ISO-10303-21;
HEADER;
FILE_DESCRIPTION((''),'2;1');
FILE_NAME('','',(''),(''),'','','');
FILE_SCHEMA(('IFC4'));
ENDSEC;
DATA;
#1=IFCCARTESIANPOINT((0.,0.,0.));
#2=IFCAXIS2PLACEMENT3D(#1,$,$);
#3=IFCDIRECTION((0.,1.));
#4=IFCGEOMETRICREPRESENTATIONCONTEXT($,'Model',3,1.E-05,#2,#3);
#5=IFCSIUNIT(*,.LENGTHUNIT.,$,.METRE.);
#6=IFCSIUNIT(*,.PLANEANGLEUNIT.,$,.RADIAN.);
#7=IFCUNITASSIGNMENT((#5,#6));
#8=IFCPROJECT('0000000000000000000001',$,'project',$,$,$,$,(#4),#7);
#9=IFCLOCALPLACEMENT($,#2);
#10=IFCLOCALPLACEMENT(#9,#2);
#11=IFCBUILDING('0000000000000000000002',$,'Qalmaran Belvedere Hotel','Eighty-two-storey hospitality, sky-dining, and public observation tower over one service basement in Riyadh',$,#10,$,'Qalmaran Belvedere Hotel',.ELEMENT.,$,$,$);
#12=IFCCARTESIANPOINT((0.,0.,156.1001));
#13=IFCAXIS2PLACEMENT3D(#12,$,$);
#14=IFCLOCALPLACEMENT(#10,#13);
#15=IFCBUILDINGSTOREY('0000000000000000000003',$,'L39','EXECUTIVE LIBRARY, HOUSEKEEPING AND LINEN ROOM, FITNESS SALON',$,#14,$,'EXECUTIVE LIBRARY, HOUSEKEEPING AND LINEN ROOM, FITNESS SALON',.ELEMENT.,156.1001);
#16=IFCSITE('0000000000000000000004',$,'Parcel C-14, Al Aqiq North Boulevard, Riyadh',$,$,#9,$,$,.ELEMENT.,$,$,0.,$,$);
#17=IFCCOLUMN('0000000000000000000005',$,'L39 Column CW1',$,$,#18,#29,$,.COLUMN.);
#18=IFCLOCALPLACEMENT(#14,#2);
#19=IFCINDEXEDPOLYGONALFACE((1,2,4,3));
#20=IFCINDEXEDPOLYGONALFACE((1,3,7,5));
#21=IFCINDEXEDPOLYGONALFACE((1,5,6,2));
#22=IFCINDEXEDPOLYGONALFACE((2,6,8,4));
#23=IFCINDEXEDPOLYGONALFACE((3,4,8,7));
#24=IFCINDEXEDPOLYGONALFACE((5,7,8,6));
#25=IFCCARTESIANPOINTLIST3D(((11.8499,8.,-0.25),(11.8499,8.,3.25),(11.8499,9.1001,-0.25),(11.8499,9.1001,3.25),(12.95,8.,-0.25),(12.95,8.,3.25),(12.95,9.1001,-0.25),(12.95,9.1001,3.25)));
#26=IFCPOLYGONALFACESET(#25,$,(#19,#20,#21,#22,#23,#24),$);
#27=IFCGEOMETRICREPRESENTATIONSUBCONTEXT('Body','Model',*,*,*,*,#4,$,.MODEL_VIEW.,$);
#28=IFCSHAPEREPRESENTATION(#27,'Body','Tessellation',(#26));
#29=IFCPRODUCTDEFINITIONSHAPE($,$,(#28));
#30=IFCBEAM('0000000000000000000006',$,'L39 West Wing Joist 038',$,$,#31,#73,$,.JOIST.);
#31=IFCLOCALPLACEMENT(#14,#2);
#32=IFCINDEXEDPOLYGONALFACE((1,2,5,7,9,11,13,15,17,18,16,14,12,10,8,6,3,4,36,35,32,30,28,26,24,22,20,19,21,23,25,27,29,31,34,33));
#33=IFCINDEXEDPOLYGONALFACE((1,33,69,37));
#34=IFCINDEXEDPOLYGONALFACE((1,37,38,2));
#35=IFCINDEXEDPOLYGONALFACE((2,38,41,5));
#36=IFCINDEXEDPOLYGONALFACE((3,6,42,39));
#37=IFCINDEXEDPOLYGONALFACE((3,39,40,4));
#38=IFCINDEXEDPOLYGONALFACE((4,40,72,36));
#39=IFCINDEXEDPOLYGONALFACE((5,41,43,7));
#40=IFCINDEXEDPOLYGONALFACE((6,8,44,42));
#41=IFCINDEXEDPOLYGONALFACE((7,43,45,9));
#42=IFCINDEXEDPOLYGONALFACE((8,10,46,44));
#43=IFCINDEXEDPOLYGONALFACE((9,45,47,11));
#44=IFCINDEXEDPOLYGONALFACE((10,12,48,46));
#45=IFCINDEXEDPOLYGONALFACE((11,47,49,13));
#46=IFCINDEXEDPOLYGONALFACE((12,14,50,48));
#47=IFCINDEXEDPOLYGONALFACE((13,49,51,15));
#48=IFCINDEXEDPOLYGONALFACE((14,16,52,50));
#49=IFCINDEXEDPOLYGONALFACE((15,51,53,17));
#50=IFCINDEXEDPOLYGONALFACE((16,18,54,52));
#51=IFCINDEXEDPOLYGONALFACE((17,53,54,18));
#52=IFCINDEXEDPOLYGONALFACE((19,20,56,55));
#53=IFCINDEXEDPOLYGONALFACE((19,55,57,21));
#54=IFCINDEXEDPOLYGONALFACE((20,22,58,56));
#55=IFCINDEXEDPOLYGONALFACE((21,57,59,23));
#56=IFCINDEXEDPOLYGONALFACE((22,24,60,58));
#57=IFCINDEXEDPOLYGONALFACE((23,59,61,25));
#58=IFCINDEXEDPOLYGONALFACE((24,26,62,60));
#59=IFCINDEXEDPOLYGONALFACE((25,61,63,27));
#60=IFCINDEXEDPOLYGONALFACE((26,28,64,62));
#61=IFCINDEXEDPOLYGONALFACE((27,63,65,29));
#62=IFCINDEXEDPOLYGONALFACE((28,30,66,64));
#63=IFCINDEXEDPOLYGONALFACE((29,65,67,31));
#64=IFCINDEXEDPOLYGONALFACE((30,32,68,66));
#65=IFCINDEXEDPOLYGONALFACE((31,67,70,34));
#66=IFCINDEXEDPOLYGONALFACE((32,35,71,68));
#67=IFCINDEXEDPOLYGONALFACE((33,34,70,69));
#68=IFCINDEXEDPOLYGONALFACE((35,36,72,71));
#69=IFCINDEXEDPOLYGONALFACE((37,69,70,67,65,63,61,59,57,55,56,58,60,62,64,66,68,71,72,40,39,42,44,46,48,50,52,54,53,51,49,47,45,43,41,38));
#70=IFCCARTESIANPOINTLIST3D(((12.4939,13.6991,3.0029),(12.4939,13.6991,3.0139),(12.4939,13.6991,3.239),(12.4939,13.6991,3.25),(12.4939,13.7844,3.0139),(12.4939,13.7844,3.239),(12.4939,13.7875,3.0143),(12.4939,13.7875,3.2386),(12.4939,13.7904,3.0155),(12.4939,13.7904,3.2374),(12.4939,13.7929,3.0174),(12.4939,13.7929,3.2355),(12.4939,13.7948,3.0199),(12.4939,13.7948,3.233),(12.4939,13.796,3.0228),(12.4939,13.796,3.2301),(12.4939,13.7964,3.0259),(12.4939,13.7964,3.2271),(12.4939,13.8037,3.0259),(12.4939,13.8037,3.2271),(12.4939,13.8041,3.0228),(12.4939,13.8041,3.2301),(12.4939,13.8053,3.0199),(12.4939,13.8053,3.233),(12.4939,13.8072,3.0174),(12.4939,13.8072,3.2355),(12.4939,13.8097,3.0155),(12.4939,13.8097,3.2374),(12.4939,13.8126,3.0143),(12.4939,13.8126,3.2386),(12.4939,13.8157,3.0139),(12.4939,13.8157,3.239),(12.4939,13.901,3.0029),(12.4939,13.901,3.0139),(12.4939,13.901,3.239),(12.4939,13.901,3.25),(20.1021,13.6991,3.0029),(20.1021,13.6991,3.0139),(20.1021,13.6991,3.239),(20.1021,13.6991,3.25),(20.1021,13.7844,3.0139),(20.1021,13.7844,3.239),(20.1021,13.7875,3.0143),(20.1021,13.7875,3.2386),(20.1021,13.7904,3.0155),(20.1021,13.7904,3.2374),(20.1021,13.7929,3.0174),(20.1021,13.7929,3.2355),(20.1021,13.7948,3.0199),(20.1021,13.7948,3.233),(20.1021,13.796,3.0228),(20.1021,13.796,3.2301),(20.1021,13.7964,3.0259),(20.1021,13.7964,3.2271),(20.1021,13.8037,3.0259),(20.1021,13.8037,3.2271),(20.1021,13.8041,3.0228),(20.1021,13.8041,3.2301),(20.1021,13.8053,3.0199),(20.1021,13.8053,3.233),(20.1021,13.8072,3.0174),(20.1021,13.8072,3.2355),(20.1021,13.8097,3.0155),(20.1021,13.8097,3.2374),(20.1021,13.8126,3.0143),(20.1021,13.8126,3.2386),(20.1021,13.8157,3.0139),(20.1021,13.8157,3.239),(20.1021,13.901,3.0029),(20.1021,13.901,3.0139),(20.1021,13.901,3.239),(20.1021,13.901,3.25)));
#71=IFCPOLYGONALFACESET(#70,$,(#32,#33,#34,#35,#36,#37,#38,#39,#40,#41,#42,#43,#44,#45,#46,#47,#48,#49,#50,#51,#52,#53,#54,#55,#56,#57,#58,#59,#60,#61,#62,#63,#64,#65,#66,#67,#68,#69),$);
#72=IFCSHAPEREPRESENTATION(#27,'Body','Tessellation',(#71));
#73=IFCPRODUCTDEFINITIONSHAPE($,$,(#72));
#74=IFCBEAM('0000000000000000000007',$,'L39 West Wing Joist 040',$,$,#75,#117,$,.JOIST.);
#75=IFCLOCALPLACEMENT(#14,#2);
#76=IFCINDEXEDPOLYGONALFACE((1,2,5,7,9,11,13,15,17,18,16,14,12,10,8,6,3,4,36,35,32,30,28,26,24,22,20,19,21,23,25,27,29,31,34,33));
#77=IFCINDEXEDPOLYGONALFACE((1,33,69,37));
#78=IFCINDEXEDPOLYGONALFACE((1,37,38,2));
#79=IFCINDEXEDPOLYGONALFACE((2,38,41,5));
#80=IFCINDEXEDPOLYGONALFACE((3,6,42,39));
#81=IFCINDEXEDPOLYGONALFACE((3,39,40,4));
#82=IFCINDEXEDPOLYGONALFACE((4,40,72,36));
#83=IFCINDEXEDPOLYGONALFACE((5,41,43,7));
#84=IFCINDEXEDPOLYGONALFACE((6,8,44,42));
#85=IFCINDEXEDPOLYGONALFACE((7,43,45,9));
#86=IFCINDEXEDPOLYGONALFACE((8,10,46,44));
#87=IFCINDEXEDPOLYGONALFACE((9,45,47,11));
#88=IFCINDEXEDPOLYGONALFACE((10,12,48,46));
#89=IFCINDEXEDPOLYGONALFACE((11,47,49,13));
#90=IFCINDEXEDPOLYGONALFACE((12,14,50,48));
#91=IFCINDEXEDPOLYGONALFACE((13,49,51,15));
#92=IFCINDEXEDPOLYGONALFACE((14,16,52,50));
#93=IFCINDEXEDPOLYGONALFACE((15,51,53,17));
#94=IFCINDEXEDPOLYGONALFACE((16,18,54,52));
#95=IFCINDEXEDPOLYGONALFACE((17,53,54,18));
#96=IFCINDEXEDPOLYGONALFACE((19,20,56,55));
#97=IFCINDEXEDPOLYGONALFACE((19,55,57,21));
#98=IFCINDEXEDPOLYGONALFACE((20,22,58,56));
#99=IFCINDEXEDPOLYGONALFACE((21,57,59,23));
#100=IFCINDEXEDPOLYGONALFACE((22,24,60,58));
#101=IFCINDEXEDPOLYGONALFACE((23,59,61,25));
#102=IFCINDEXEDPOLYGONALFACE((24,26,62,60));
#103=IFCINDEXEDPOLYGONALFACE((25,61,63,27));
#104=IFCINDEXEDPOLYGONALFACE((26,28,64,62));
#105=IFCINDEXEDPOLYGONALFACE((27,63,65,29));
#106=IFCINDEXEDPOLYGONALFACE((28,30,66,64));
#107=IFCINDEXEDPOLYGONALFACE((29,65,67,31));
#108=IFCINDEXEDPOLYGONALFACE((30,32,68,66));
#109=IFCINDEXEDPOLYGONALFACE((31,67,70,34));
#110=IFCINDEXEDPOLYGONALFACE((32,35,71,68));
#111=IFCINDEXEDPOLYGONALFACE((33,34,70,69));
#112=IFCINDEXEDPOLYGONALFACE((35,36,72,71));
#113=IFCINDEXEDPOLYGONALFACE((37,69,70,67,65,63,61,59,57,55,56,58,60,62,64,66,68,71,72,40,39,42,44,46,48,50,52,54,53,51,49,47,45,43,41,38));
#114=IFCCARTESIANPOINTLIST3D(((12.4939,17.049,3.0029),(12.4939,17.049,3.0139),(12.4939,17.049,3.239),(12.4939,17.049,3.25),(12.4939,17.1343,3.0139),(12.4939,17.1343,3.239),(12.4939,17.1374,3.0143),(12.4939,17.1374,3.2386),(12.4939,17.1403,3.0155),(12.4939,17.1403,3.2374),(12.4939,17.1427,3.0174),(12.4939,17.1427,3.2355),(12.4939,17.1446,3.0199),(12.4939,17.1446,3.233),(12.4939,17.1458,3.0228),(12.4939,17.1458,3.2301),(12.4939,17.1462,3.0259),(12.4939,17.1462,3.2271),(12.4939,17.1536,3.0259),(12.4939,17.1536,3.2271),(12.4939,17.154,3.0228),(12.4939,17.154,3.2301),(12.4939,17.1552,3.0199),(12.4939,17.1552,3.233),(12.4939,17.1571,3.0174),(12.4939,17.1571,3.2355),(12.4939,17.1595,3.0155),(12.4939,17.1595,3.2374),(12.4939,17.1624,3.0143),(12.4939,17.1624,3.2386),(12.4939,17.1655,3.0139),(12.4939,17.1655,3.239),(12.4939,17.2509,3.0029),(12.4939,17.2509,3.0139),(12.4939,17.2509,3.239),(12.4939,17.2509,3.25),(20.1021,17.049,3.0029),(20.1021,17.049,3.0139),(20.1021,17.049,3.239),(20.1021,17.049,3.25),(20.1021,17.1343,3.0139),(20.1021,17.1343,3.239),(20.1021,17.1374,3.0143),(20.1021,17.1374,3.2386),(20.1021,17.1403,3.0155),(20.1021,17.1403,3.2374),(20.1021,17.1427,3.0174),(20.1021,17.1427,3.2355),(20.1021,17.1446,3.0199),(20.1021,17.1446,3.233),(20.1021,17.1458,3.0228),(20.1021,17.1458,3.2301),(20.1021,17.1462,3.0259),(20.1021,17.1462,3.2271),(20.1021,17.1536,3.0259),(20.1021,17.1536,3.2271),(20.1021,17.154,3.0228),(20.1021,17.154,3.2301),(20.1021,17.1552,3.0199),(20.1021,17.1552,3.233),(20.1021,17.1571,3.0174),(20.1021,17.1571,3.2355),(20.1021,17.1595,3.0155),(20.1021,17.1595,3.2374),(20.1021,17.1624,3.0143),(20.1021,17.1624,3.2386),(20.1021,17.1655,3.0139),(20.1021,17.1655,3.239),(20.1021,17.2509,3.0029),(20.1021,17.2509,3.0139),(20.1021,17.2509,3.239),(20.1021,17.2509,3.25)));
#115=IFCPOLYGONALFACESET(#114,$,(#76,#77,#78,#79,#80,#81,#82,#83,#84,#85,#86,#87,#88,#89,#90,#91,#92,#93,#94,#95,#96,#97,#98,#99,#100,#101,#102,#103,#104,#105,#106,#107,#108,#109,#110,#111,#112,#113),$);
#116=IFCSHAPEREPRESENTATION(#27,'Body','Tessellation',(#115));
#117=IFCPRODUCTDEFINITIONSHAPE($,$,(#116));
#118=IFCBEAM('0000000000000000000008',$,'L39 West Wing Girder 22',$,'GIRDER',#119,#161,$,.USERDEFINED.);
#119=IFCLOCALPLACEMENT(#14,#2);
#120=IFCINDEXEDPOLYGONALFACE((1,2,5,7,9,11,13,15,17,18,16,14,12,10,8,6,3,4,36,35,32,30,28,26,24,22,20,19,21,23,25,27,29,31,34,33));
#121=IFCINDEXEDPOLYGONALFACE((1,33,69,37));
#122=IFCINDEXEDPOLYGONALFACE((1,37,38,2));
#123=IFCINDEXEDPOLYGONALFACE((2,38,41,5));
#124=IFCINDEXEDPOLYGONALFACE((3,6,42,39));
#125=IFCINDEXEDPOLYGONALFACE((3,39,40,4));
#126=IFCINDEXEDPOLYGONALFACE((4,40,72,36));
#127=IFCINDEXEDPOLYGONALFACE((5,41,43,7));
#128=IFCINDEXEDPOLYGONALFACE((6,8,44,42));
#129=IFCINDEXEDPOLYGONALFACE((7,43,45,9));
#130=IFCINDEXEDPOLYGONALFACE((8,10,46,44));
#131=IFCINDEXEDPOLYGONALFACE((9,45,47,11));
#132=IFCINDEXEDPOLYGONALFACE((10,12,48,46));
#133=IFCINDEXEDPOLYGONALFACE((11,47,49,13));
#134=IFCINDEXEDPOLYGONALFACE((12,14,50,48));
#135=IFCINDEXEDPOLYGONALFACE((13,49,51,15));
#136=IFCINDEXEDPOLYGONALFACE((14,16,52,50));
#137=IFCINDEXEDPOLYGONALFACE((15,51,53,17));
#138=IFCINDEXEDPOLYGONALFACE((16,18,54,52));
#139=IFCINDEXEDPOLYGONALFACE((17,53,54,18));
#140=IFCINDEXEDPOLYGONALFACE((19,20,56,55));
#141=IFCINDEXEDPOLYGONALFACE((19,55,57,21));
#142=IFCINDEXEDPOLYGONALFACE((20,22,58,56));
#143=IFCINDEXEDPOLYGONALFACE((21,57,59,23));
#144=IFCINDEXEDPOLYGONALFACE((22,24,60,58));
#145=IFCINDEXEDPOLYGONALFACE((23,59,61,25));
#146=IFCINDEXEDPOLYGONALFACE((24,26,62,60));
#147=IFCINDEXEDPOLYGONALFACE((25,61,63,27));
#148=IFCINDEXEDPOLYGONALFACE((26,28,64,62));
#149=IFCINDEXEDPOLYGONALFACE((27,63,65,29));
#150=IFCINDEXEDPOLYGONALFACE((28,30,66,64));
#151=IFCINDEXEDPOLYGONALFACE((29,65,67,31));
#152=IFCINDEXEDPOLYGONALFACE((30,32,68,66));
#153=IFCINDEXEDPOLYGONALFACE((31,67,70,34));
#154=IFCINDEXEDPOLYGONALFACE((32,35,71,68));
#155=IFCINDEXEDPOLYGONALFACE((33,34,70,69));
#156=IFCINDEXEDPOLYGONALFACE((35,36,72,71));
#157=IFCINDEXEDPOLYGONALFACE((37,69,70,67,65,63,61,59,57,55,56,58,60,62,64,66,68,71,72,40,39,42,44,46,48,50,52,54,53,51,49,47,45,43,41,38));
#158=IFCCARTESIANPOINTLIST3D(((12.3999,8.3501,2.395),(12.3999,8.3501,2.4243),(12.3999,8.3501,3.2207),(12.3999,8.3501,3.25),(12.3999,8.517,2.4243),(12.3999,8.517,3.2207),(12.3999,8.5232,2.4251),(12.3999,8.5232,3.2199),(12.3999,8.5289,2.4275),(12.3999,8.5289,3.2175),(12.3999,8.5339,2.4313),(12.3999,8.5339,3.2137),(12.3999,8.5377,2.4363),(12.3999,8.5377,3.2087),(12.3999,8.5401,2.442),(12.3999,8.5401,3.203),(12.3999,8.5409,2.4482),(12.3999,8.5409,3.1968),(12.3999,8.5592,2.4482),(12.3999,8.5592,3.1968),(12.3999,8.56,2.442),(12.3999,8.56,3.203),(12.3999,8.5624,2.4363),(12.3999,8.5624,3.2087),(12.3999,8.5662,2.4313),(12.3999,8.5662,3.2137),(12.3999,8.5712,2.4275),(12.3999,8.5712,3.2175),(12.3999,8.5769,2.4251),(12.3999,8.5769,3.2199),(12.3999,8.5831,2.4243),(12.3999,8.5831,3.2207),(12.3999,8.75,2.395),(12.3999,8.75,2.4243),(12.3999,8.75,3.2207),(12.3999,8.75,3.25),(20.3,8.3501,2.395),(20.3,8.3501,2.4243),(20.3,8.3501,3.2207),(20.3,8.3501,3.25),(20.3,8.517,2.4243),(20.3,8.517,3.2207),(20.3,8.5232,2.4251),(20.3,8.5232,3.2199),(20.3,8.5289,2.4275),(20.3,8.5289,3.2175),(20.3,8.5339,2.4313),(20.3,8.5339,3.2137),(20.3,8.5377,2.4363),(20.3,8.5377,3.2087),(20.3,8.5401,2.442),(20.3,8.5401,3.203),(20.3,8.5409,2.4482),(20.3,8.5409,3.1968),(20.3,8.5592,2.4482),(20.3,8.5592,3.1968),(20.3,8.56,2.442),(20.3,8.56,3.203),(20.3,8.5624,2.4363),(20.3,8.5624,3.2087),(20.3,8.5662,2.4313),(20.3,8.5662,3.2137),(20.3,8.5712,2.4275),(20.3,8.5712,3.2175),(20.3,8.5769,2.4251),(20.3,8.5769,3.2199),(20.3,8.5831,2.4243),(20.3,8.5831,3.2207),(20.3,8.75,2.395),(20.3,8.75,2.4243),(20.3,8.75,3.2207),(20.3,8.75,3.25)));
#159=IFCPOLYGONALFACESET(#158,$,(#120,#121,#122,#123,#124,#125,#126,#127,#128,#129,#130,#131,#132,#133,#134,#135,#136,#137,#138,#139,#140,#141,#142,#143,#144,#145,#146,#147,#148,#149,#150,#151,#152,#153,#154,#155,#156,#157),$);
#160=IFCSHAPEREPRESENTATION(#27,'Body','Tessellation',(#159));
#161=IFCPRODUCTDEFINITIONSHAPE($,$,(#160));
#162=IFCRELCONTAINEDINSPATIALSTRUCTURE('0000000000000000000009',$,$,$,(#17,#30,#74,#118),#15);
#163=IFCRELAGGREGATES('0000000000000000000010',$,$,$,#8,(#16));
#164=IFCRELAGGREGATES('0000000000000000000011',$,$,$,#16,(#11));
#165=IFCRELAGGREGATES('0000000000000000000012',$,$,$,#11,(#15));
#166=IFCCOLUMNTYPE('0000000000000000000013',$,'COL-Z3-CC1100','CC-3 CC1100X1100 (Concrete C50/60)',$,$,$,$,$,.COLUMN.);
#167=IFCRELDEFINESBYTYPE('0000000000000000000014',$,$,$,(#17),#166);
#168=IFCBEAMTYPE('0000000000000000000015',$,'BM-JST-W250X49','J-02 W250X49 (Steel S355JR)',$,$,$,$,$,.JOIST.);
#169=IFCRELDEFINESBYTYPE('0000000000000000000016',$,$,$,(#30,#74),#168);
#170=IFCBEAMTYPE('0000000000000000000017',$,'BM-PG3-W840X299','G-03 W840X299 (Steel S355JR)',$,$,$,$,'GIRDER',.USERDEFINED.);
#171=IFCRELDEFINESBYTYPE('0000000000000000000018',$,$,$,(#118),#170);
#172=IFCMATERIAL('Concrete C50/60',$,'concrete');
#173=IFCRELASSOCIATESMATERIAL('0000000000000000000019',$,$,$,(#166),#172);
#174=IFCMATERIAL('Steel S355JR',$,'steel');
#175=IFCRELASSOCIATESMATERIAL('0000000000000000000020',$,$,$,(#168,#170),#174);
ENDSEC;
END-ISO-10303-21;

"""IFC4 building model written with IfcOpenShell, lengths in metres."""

from ifc_helpers import new_model, si_unit, direction, frame, origin, origin_2d, place, context, subcontext, project, spatial, rectangle, i_section, extrude, material, material_profile, profile_set, type_object, element, save


model = new_model("IFC4")

# Units and contexts
model_context = context("Model", 3, precision=1e-05, world=origin(), true_north=direction((0.0, 1.0)))
body_context = subcontext(model_context, "Body", "Model", "MODEL_VIEW")
ifc_project = project(units=[si_unit("LENGTHUNIT", "METRE"), si_unit("PLANEANGLEUNIT", "RADIAN")], contexts=[model_context])

# Site, building, storey
site_placement = place(None, origin())
site = spatial("IfcSite", under=ifc_project, at=site_placement, Name="Parcel C-14, Al Aqiq North Boulevard, Riyadh", CompositionType="ELEMENT", RefElevation=0.0)
building_placement = place(site_placement, origin())
building = spatial("IfcBuilding", under=site, at=building_placement, Name="Qalmaran Belvedere Hotel", Description="Eighty-two-storey hospitality, sky-dining, and public observation tower over one service basement in Riyadh", LongName="Qalmaran Belvedere Hotel", CompositionType="ELEMENT")
storey_placement = place(building_placement, frame((0.0, 0.0, 156.1001)))
storey = spatial("IfcBuildingStorey", under=building, at=storey_placement, Name="L39", Description="EXECUTIVE LIBRARY, HOUSEKEEPING AND LINEN ROOM, FITNESS SALON", LongName="EXECUTIVE LIBRARY, HOUSEKEEPING AND LINEN ROOM, FITNESS SALON", CompositionType="ELEMENT", Elevation=156.1001)

# Column
ifc_material_1 = material(Name="Concrete C50/60", Category="concrete")
ifc_material_profile_1 = material_profile(ifc_material_1, rectangle(XDim=1.1001, YDim=1.1001, at=origin_2d()), Name="CC1100X1100")
ifc_profile_set_1 = profile_set([ifc_material_profile_1], Name="Concrete C50/60")
column_type = type_object("IfcColumnType", Name="COL-Z3-CC1100", Description="CC-3 CC1100X1100 (Concrete C50/60)", PredefinedType="COLUMN", material=ifc_profile_set_1)
column_placement = place(storey_placement, frame((12.3999, 8.55, -0.25), z_axis=(0.0, 0.0, 1.0), x_axis=(1.0, 0.0, 0.0)))
element("IfcColumn", 1, at=column_placement, inside=storey, type_object=column_type, Name="L39 Column CW1", PredefinedType="COLUMN", context=body_context, shape_type="SweptSolid", body=[
    extrude(rectangle(XDim=1.1001, YDim=1.1001, at=origin_2d()), origin(), (0.0, 0.0, 1.0), 3.5),
])

# Beams
ifc_material_2 = material(Name="Steel S355JR", Category="steel")
ifc_material_profile_2 = material_profile(ifc_material_2, i_section(OverallWidth=0.2019, OverallDepth=0.2471, WebThickness=0.0073, FlangeThickness=0.011, FilletRadius=0.012, at=origin_2d()), Name="W250X49")
ifc_profile_set_2 = profile_set([ifc_material_profile_2], Name="Steel S355JR")
beam_type_1 = type_object("IfcBeamType", Name="BM-JST-W250X49", Description="J-02 W250X49 (Steel S355JR)", PredefinedType="JOIST", material=ifc_profile_set_2)
for number, where, z_axis, x_axis, name in (
    (2, (12.4939, 13.8, 3.1265), (1.0, 0.0, 0.0), (0.0, 1.0, 0.0), "L39 West Wing Joist 038"),
    (3, (12.4939, 17.1499, 3.1265), (1.0, 0.0, 0.0), (0.0, 1.0, 0.0), "L39 West Wing Joist 040"),
):
    element("IfcBeam", number, at=place(storey_placement, frame(where, z_axis=z_axis, x_axis=x_axis)), inside=storey, type_object=beam_type_1, Name=name, PredefinedType="JOIST", context=body_context, shape_type="SweptSolid", body=[
        extrude(i_section(OverallWidth=0.2019, OverallDepth=0.2471, WebThickness=0.0073, FlangeThickness=0.011, FilletRadius=0.012, at=origin_2d()), origin(), (0.0, 0.0, 1.0), 7.6082),
    ])
ifc_material_profile_3 = material_profile(ifc_material_2, i_section(OverallWidth=0.3999, OverallDepth=0.855, WebThickness=0.0183, FlangeThickness=0.0293, FilletRadius=0.0239, at=origin_2d()), Name="W840X299")
ifc_profile_set_3 = profile_set([ifc_material_profile_3], Name="Steel S355JR")
beam_type_2 = type_object("IfcBeamType", Name="BM-PG3-W840X299", Description="G-03 W840X299 (Steel S355JR)", ElementType="GIRDER", PredefinedType="USERDEFINED", material=ifc_profile_set_3)
beam_1_placement = place(storey_placement, frame((12.3999, 8.55, 2.8225), z_axis=(1.0, 0.0, 0.0), x_axis=(0.0, 1.0, 0.0)))
element("IfcBeam", 4, at=beam_1_placement, inside=storey, type_object=beam_type_2, Name="L39 West Wing Girder 22", ObjectType="GIRDER", PredefinedType="USERDEFINED", context=body_context, shape_type="SweptSolid", body=[
    extrude(i_section(OverallWidth=0.3999, OverallDepth=0.855, WebThickness=0.0183, FlangeThickness=0.0293, FilletRadius=0.0239, at=origin_2d()), origin(), (0.0, 0.0, 1.0), 7.9001),
])

save(model, "model.ifc")
